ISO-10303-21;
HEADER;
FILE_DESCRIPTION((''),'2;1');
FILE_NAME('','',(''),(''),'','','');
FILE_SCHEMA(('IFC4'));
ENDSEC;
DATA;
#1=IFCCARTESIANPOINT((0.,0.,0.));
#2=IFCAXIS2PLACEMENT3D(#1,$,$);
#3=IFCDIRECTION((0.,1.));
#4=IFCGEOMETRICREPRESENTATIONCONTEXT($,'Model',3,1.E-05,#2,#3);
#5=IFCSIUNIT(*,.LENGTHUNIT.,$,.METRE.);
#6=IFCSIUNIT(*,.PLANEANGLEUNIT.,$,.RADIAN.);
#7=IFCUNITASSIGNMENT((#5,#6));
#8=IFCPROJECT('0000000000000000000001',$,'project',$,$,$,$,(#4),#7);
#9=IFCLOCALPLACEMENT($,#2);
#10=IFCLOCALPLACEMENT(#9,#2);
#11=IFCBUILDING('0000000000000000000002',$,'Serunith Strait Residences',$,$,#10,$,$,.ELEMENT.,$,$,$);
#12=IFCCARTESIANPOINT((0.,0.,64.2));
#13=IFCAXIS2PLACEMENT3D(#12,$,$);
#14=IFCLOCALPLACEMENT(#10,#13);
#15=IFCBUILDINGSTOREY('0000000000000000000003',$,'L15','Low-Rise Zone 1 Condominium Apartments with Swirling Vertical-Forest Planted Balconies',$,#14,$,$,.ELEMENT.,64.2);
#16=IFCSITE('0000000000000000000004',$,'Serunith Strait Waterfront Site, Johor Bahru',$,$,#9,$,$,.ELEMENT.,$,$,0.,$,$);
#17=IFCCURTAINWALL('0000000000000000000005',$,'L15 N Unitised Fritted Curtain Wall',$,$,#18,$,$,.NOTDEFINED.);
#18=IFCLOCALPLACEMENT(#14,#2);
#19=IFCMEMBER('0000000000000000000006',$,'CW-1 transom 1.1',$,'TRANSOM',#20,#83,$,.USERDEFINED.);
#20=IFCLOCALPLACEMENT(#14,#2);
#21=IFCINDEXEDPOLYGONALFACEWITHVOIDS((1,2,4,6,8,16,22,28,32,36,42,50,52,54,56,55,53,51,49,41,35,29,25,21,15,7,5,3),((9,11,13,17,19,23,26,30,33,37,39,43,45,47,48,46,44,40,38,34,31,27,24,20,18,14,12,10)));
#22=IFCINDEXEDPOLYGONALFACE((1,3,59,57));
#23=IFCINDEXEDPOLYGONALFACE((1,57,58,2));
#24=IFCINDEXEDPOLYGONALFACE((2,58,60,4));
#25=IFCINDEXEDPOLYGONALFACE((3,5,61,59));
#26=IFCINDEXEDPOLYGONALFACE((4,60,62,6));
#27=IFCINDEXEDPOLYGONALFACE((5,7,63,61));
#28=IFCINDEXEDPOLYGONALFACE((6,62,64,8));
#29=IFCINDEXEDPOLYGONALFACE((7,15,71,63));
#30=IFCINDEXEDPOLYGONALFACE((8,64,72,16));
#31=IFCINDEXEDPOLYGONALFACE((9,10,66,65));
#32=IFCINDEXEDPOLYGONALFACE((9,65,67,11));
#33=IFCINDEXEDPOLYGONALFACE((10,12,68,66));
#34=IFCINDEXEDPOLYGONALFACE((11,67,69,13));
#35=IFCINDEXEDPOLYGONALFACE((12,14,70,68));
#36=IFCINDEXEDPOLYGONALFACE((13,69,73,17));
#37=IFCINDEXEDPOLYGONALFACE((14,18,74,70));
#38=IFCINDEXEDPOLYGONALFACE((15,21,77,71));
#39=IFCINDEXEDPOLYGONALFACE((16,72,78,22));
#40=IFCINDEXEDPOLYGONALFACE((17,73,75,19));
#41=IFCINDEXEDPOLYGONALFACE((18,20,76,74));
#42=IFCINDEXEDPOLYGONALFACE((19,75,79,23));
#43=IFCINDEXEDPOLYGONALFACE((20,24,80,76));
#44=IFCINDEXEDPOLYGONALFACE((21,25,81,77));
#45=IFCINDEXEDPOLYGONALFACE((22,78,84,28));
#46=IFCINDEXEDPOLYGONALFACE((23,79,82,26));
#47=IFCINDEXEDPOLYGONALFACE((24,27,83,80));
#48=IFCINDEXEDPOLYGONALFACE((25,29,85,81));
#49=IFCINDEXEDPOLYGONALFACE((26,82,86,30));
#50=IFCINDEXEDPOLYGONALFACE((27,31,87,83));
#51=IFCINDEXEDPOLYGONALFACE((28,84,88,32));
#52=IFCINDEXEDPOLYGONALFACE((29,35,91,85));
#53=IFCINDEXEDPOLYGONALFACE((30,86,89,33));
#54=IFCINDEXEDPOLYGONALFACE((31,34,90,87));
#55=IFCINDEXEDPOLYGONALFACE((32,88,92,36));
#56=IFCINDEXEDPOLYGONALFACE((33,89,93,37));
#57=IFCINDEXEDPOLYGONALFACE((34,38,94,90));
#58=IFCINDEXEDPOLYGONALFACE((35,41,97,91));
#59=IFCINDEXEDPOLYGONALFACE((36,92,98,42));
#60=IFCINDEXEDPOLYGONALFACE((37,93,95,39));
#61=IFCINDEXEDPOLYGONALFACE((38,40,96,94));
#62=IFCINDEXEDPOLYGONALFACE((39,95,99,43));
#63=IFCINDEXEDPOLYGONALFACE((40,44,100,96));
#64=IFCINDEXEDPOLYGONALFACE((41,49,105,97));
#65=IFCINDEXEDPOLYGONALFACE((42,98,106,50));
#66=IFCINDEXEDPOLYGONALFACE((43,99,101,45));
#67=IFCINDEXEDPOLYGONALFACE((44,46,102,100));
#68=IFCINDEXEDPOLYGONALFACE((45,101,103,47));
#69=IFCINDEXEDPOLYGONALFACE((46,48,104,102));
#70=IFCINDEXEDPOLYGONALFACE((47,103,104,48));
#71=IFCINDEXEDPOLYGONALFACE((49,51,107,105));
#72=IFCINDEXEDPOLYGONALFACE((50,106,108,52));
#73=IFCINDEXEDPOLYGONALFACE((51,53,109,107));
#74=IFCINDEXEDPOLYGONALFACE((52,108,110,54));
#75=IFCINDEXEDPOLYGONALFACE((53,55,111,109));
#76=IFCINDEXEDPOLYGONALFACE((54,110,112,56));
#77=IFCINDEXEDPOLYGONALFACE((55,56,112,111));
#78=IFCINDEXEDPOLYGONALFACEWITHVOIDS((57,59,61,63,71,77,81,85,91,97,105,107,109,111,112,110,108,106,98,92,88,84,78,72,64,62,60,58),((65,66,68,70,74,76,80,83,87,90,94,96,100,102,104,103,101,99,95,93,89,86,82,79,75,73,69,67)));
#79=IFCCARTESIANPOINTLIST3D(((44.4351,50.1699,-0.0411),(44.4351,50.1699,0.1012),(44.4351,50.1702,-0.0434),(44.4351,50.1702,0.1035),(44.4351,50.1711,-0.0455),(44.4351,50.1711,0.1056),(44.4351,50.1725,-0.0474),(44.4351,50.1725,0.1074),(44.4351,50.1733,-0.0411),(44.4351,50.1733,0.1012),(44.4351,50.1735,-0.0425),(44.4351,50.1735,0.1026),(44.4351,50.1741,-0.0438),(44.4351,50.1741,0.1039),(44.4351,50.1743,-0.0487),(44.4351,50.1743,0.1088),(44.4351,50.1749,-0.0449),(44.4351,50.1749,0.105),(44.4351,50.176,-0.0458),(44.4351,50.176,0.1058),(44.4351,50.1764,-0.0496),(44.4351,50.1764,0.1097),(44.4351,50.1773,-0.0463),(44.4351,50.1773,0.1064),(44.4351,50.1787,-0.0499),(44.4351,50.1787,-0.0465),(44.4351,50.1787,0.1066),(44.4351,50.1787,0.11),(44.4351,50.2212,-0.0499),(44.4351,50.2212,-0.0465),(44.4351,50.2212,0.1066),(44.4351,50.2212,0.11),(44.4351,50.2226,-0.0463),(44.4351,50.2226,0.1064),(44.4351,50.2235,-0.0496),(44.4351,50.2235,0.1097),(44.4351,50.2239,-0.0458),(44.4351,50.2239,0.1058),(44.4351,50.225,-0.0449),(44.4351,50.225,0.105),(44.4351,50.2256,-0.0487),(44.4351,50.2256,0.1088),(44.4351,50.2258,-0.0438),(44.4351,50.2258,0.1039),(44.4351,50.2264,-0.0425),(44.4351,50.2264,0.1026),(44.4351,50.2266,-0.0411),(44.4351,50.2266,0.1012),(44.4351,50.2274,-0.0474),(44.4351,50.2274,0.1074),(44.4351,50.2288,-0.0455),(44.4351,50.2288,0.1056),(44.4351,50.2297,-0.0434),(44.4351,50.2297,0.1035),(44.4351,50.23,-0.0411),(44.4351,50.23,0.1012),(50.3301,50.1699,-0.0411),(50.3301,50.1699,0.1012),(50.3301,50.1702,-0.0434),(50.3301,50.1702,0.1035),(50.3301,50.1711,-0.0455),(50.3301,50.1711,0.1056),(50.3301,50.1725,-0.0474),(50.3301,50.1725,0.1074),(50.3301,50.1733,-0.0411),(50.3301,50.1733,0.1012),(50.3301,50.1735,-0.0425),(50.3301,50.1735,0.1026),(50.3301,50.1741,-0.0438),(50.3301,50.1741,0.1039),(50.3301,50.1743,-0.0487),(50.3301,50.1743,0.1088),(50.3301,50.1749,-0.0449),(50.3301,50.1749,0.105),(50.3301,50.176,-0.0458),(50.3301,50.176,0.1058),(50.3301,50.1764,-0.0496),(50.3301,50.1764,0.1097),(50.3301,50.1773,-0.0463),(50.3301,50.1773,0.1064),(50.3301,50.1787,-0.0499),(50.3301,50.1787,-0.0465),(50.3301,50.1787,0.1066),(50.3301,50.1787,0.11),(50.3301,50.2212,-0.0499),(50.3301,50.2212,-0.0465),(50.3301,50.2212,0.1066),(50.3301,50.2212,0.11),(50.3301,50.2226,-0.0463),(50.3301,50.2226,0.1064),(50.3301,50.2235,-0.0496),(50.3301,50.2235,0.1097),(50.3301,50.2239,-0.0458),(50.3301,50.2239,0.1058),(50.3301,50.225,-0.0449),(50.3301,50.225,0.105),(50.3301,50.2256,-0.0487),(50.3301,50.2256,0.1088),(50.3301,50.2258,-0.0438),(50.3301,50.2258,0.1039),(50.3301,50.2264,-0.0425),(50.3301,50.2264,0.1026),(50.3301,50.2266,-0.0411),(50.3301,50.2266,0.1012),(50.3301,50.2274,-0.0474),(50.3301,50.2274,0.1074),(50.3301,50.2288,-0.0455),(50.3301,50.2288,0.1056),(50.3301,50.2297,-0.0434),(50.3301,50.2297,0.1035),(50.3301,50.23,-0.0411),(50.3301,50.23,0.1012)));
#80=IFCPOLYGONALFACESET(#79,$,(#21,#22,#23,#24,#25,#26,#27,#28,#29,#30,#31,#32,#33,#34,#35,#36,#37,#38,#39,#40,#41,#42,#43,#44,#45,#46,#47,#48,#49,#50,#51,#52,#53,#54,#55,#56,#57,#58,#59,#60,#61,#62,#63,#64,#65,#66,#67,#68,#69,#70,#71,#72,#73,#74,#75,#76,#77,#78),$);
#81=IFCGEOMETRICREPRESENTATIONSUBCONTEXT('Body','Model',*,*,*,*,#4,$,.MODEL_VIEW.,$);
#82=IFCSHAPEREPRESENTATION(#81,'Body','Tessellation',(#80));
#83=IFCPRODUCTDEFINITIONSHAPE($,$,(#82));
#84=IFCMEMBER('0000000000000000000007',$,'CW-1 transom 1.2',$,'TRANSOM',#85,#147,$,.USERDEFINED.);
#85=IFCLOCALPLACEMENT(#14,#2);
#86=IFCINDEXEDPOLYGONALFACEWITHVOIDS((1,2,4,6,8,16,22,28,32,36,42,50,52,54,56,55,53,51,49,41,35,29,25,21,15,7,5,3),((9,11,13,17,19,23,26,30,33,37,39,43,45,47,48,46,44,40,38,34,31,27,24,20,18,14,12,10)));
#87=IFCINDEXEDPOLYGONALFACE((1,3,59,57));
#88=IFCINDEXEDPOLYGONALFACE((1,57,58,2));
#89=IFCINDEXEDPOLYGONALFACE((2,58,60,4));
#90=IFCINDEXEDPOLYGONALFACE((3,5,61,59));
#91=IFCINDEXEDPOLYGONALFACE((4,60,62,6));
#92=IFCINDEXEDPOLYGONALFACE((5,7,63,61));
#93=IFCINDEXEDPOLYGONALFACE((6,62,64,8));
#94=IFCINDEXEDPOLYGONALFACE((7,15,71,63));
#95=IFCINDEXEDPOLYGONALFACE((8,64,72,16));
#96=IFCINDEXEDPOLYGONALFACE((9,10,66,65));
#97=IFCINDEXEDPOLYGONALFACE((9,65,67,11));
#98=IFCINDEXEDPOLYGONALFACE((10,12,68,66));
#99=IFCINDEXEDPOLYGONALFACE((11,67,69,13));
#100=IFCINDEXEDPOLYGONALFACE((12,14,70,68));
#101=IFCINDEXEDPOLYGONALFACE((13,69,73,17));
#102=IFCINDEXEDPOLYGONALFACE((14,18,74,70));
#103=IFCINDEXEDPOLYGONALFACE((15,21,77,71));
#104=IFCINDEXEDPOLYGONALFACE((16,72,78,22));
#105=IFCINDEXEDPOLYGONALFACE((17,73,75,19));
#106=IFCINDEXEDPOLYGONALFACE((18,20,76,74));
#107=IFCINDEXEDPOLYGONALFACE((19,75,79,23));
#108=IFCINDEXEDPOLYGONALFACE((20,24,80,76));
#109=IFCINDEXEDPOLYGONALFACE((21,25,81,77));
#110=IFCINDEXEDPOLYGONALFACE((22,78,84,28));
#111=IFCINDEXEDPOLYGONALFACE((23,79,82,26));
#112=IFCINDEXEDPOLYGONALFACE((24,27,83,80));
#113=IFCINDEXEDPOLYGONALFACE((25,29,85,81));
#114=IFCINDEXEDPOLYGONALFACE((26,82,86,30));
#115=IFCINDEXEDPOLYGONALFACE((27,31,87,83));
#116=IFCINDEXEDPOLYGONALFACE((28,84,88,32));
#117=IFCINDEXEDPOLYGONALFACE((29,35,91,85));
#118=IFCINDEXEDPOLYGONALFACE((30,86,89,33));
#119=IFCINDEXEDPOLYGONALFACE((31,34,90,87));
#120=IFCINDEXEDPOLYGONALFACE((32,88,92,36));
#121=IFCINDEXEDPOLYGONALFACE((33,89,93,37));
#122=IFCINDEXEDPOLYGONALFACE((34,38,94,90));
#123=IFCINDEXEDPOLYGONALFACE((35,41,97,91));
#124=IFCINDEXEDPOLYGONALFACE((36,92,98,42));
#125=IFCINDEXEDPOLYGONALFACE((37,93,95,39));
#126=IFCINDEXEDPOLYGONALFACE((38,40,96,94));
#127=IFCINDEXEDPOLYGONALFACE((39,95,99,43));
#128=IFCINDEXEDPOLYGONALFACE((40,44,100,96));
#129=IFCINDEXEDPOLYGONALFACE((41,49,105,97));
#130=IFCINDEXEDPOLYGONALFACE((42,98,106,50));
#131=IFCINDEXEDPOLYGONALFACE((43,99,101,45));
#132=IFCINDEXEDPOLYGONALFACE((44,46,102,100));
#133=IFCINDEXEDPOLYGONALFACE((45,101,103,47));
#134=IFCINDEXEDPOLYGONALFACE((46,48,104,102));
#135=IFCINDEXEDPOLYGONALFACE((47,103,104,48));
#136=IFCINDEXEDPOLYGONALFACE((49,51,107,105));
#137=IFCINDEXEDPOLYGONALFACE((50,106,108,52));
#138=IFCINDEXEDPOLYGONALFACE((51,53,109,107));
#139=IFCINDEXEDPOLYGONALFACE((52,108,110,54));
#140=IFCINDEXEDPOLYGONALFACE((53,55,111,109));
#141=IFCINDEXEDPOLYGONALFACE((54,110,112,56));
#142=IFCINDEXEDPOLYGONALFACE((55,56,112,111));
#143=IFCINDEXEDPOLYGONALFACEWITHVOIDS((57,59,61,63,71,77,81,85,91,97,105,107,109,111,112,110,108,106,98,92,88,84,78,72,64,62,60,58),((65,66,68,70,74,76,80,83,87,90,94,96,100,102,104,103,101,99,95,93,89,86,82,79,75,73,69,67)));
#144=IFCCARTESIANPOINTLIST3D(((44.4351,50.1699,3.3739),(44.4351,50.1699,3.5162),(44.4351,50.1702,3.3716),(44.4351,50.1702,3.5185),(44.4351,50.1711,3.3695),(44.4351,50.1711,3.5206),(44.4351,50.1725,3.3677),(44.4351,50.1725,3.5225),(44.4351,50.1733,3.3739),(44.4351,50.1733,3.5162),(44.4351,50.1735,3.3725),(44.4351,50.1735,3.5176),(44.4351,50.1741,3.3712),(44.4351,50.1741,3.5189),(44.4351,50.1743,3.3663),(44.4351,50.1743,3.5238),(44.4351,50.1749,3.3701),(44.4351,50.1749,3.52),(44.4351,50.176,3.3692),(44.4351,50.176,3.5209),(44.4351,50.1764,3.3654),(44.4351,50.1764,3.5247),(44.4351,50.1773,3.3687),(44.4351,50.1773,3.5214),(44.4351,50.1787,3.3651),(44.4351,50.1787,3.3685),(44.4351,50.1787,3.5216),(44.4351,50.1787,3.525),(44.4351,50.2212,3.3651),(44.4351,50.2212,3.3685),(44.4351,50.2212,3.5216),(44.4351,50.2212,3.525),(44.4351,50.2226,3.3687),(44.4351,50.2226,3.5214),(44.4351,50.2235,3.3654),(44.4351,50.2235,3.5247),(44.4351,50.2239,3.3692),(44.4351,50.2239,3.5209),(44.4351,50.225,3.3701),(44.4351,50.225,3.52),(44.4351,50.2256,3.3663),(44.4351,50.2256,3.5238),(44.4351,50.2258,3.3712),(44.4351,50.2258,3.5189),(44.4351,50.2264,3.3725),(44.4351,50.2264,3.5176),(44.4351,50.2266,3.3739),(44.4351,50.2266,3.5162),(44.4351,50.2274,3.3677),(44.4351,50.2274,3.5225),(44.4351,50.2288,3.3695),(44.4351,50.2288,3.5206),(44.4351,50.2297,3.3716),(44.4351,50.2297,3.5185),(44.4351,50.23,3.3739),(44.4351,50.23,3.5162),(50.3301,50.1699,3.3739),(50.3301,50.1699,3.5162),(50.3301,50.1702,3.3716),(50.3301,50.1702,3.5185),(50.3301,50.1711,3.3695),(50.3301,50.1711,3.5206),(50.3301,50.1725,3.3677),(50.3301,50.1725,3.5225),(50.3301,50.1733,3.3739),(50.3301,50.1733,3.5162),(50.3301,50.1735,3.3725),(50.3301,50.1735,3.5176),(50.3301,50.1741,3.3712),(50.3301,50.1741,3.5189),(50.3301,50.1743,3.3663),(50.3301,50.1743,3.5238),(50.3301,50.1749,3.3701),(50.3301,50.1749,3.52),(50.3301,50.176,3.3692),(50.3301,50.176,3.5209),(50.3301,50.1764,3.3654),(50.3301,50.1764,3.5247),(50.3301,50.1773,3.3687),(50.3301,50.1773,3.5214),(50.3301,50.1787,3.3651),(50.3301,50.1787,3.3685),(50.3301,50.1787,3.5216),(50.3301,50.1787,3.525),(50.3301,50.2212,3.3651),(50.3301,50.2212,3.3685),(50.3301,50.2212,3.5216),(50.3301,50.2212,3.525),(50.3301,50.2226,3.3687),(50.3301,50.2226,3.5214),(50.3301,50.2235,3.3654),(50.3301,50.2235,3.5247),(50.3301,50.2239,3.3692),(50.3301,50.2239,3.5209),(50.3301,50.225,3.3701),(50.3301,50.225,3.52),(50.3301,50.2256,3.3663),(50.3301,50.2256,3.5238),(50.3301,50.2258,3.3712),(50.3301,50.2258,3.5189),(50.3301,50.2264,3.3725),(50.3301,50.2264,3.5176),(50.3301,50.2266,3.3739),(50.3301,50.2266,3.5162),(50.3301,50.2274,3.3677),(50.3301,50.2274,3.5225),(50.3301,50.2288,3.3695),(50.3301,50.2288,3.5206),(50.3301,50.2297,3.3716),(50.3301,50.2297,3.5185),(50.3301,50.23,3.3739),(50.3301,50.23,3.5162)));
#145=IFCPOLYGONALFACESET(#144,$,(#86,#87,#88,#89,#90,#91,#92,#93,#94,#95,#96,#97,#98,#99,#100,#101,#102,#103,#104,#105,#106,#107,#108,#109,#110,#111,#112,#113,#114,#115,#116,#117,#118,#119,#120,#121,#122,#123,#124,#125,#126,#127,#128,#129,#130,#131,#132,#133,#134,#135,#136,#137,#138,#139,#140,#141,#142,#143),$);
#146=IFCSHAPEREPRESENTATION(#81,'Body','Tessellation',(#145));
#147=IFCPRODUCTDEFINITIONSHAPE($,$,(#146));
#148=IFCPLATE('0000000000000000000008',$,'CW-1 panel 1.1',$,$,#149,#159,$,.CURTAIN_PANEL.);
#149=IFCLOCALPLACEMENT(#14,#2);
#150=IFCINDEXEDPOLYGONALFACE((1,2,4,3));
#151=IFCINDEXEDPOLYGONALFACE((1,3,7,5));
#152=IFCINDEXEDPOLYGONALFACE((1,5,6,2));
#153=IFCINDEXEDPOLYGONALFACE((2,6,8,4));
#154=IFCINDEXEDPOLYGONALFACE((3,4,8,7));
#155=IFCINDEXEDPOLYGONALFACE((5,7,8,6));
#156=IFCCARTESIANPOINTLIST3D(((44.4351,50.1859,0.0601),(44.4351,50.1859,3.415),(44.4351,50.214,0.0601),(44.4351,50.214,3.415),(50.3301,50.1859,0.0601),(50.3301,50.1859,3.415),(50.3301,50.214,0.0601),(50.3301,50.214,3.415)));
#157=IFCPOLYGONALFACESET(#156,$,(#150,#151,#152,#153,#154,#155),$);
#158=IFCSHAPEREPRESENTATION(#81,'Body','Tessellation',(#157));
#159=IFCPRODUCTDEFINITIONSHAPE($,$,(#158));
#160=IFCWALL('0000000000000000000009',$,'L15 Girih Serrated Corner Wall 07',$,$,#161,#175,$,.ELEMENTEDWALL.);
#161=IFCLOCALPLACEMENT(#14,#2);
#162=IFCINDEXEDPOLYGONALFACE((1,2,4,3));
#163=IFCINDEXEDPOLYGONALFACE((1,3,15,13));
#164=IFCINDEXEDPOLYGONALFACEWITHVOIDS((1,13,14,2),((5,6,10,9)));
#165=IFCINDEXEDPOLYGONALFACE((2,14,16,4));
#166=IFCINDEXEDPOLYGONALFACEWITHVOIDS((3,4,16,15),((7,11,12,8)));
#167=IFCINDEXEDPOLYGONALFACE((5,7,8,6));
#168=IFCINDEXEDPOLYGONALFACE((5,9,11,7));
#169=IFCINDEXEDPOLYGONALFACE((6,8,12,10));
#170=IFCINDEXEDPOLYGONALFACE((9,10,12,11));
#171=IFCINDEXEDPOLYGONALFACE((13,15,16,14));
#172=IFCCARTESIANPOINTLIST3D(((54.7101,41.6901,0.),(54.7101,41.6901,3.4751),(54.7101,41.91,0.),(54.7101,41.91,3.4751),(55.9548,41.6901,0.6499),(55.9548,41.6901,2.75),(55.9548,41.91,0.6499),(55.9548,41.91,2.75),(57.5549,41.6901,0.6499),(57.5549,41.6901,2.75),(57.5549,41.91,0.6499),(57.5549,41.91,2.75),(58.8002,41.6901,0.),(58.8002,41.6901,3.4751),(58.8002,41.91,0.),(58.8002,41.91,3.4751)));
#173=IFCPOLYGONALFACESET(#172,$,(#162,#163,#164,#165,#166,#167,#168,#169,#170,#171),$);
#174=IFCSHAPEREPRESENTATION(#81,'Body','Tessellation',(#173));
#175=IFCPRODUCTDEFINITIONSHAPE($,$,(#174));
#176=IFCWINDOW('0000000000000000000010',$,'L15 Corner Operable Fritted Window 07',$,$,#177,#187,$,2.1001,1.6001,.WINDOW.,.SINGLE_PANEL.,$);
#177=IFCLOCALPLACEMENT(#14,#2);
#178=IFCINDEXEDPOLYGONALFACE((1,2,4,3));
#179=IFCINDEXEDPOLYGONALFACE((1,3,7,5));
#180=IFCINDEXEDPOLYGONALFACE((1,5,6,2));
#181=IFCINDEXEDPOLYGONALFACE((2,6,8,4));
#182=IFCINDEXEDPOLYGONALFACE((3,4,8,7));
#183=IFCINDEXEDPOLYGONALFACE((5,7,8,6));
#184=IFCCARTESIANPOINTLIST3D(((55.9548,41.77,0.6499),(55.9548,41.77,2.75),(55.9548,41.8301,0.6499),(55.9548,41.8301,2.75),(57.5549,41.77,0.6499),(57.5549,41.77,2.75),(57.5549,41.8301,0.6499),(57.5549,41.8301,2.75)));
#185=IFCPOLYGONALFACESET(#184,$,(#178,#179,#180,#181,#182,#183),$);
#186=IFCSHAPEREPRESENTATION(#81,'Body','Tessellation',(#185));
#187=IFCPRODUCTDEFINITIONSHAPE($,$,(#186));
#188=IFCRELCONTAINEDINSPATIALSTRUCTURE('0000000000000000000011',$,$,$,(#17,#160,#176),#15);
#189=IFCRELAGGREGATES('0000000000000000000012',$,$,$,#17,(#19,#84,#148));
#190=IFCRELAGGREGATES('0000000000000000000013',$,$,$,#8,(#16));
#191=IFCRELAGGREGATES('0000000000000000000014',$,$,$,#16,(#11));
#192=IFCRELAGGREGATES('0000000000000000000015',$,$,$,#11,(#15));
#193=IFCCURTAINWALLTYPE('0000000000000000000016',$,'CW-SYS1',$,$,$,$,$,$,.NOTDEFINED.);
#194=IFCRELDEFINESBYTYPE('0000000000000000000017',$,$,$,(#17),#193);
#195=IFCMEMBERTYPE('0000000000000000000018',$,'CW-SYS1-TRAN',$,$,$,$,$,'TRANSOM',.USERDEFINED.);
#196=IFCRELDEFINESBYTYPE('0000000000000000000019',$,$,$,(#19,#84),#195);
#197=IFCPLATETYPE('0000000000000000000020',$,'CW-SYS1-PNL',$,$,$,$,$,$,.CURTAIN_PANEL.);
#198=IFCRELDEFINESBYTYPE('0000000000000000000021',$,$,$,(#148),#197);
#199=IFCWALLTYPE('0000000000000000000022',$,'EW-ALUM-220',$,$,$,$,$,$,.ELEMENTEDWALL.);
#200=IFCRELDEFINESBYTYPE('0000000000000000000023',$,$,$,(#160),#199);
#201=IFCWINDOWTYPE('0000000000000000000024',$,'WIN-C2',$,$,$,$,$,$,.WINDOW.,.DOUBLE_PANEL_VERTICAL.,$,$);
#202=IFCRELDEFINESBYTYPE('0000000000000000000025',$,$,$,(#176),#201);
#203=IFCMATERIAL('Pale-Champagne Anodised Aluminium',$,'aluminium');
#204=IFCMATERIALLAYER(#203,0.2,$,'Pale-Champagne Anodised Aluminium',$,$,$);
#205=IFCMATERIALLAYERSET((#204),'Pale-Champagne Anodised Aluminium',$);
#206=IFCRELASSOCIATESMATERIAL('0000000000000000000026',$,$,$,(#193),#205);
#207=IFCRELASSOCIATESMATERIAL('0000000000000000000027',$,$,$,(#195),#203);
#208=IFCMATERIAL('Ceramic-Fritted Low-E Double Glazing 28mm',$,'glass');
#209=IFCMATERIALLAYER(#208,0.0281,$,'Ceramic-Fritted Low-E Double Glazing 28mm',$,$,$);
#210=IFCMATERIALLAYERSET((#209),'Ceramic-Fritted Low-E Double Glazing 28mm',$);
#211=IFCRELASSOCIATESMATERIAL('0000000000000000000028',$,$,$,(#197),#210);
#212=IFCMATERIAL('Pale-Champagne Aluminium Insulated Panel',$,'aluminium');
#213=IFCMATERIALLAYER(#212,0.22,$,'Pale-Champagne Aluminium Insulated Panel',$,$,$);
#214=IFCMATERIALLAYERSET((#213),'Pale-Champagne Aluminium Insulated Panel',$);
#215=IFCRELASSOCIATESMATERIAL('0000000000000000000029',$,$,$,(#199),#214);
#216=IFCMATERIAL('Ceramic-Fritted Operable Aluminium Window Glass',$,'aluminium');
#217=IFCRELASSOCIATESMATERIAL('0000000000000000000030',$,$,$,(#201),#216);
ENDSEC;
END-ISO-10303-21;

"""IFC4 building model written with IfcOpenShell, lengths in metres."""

from ifc_helpers import new_model, si_unit, direction, frame, frame_2d, origin, origin_2d, place, context, subcontext, project, spatial, rectangle, hollow_rectangle, extrude, source, transform, mapped, material, layer, layer_set, material_profile, profile_set, type_object, element, fill, aggregate, save


model = new_model("IFC4")

# Units and contexts
model_context = context("Model", 3, precision=1e-05, world=origin(), true_north=direction((0.0, 1.0)))
body_context = subcontext(model_context, "Body", "Model", "MODEL_VIEW")
ifc_project = project(units=[si_unit("LENGTHUNIT", "METRE"), si_unit("PLANEANGLEUNIT", "RADIAN")], contexts=[model_context])

# Site, building, storey
site_placement = place(None, origin())
site = spatial("IfcSite", under=ifc_project, at=site_placement, Name="Serunith Strait Waterfront Site, Johor Bahru", CompositionType="ELEMENT", RefElevation=0.0)
building_placement = place(site_placement, origin())
building = spatial("IfcBuilding", under=site, at=building_placement, Name="Serunith Strait Residences", CompositionType="ELEMENT")
storey_placement = place(building_placement, frame((0.0, 0.0, 64.2)))
storey = spatial("IfcBuildingStorey", under=building, at=storey_placement, Name="L15", Description="Low-Rise Zone 1 Condominium Apartments with Swirling Vertical-Forest Planted Balconies", CompositionType="ELEMENT", Elevation=64.2)

# Shared definitions
ifc_material_1 = material(Name="Pale-Champagne Anodised Aluminium", Category="aluminium")
ifc_layer_1 = layer(ifc_material_1, 0.2, Name="Pale-Champagne Anodised Aluminium")
ifc_layer_set_1 = layer_set([ifc_layer_1], Name="Pale-Champagne Anodised Aluminium")
curtain_wall_type = type_object("IfcCurtainWallType", Name="CW-SYS1", PredefinedType="NOTDEFINED", material=ifc_layer_set_1)

# Curtain wall, members, plate
curtain_wall_1_placement = place(storey_placement, origin())
curtain_wall_1 = element("IfcCurtainWall", 1, at=curtain_wall_1_placement, inside=storey, type_object=curtain_wall_type, Name="L15 N Unitised Fritted Curtain Wall", PredefinedType="NOTDEFINED")
ifc_material_profile_1 = material_profile(ifc_material_1, hollow_rectangle(XDim=0.0601, YDim=0.1599, WallThickness=0.0034, InnerFilletRadius=0.0054, OuterFilletRadius=0.0088, at=origin_2d()), Name="ALU 160x60x3.5")
ifc_profile_set_1 = profile_set([ifc_material_profile_1], Name="Pale-Champagne Anodised Aluminium")
member_type_1 = type_object("IfcMemberType", Name="CW-SYS1-TRAN", ElementType="TRANSOM", PredefinedType="USERDEFINED", material=ifc_profile_set_1)
shared_shape_1 = source(origin(), body_context, "Body", "SweptSolid", [
    extrude(hollow_rectangle(XDim=0.0601, YDim=0.1599, WallThickness=0.0034, InnerFilletRadius=0.0054, OuterFilletRadius=0.0088, at=origin_2d()), origin(), (0.0, 0.0, 1.0), 5.895),
])
member_1_placement = place(storey_placement, frame((50.3301, 50.2, 0.03), z_axis=(-1.0, 0.0, 0.0), x_axis=(0.0, -1.0, 0.0)))
member_1 = element("IfcMember", 2, at=member_1_placement, type_object=member_type_1, Name="CW-1 transom 1.1", ObjectType="TRANSOM", PredefinedType="USERDEFINED", context=body_context, shape_type="MappedRepresentation", body=[
    mapped(shared_shape_1, transform((0.0, 0.0, 0.0), scale=1.0)),
])
member_2_placement = place(storey_placement, frame((50.3301, 50.2, 3.4451), z_axis=(-1.0, 0.0, 0.0), x_axis=(0.0, -1.0, 0.0)))
member_2 = element("IfcMember", 3, at=member_2_placement, type_object=member_type_1, Name="CW-1 transom 1.2", ObjectType="TRANSOM", PredefinedType="USERDEFINED", context=body_context, shape_type="MappedRepresentation", body=[
    mapped(shared_shape_1, transform((0.0, 0.0, 0.0), scale=1.0)),
])
ifc_material_2 = material(Name="Ceramic-Fritted Low-E Double Glazing 28mm", Category="glass")
ifc_layer_2 = layer(ifc_material_2, 0.0281, Name="Ceramic-Fritted Low-E Double Glazing 28mm")
ifc_layer_set_2 = layer_set([ifc_layer_2], Name="Ceramic-Fritted Low-E Double Glazing 28mm")
plate_type = type_object("IfcPlateType", Name="CW-SYS1-PNL", PredefinedType="CURTAIN_PANEL", material=ifc_layer_set_2)
shared_shape_2 = source(origin(), body_context, "Body", "SweptSolid", [
    extrude(rectangle(XDim=5.895, YDim=0.0281, at=origin_2d()), origin(), (0.0, 0.0, 1.0), 3.355),
])
plate_placement = place(storey_placement, frame((47.3826, 50.2, 0.0601), z_axis=(0.0, 0.0, 1.0), x_axis=(-1.0, 0.0, 0.0)))
plate = element("IfcPlate", 4, at=plate_placement, type_object=plate_type, Name="CW-1 panel 1.1", PredefinedType="CURTAIN_PANEL", context=body_context, shape_type="MappedRepresentation", body=[
    mapped(shared_shape_2, transform((0.0, 0.0, 0.0), scale=1.0)),
])
aggregate(curtain_wall_1, [member_1, member_2, plate])

# Wall, opening, window
ifc_material_3 = material(Name="Pale-Champagne Aluminium Insulated Panel", Category="aluminium")
ifc_layer_3 = layer(ifc_material_3, 0.22, Name="Pale-Champagne Aluminium Insulated Panel")
ifc_layer_set_3 = layer_set([ifc_layer_3], Name="Pale-Champagne Aluminium Insulated Panel")
wall_type_1 = type_object("IfcWallType", Name="EW-ALUM-220", PredefinedType="ELEMENTEDWALL", material=ifc_layer_set_3)
wall_1_placement = place(storey_placement, frame((58.8, 41.8, 0.0), z_axis=(0.0, 0.0, 1.0), x_axis=(-1.0, 0.0, 0.0)))
wall_1 = element("IfcWall", 5, at=wall_1_placement, inside=storey, type_object=wall_type_1, Name="L15 Girih Serrated Corner Wall 07", PredefinedType="ELEMENTEDWALL", context=body_context, shape_type="SweptSolid", body=[
    extrude(rectangle(XDim=4.0901, YDim=0.22, at=frame_2d((2.0449, 0.0))), origin(), (0.0, 0.0, 1.0), 3.4751),
])
opening_1_placement = place(wall_1_placement, frame((1.2451, 0.0, 0.6499)))
opening_1 = element("IfcOpeningElement", 6, at=opening_1_placement, cuts=wall_1, PredefinedType="OPENING", context=body_context, shape_type="SweptSolid", body=[
    extrude(rectangle(XDim=1.6001, YDim=2.1001, at=frame_2d((0.8, 1.05))), frame((0.0, 0.1201, 0.0), z_axis=(0.0, -1.0, 0.0), x_axis=(1.0, 0.0, 0.0)), (0.0, 0.0, 1.0), 0.24),
])
ifc_material_4 = material(Name="Ceramic-Fritted Operable Aluminium Window Glass", Category="aluminium")
window_type = type_object("IfcWindowType", Name="WIN-C2", PartitioningType="DOUBLE_PANEL_VERTICAL", PredefinedType="WINDOW", material=ifc_material_4)
shared_shape_3 = source(origin(), body_context, "Body", "SweptSolid", [
    extrude(rectangle(XDim=1.6001, YDim=2.1001, at=frame_2d((0.8, 1.05))), frame((0.0, 0.03, 0.0), z_axis=(0.0, -1.0, 0.0), x_axis=(1.0, 0.0, 0.0)), (0.0, 0.0, 1.0), 0.0601),
])
window_1_placement = place(opening_1_placement, origin())
window_1 = element("IfcWindow", 7, at=window_1_placement, inside=storey, type_object=window_type, Name="L15 Corner Operable Fritted Window 07", OverallHeight=2.1001, OverallWidth=1.6001, PartitioningType="SINGLE_PANEL", PredefinedType="WINDOW", context=body_context, shape_type="MappedRepresentation", body=[
    mapped(shared_shape_3, transform((0.0, 0.0, 0.0), scale=1.0)),
])
fill(opening_1, window_1)

save(model, "model.ifc")
